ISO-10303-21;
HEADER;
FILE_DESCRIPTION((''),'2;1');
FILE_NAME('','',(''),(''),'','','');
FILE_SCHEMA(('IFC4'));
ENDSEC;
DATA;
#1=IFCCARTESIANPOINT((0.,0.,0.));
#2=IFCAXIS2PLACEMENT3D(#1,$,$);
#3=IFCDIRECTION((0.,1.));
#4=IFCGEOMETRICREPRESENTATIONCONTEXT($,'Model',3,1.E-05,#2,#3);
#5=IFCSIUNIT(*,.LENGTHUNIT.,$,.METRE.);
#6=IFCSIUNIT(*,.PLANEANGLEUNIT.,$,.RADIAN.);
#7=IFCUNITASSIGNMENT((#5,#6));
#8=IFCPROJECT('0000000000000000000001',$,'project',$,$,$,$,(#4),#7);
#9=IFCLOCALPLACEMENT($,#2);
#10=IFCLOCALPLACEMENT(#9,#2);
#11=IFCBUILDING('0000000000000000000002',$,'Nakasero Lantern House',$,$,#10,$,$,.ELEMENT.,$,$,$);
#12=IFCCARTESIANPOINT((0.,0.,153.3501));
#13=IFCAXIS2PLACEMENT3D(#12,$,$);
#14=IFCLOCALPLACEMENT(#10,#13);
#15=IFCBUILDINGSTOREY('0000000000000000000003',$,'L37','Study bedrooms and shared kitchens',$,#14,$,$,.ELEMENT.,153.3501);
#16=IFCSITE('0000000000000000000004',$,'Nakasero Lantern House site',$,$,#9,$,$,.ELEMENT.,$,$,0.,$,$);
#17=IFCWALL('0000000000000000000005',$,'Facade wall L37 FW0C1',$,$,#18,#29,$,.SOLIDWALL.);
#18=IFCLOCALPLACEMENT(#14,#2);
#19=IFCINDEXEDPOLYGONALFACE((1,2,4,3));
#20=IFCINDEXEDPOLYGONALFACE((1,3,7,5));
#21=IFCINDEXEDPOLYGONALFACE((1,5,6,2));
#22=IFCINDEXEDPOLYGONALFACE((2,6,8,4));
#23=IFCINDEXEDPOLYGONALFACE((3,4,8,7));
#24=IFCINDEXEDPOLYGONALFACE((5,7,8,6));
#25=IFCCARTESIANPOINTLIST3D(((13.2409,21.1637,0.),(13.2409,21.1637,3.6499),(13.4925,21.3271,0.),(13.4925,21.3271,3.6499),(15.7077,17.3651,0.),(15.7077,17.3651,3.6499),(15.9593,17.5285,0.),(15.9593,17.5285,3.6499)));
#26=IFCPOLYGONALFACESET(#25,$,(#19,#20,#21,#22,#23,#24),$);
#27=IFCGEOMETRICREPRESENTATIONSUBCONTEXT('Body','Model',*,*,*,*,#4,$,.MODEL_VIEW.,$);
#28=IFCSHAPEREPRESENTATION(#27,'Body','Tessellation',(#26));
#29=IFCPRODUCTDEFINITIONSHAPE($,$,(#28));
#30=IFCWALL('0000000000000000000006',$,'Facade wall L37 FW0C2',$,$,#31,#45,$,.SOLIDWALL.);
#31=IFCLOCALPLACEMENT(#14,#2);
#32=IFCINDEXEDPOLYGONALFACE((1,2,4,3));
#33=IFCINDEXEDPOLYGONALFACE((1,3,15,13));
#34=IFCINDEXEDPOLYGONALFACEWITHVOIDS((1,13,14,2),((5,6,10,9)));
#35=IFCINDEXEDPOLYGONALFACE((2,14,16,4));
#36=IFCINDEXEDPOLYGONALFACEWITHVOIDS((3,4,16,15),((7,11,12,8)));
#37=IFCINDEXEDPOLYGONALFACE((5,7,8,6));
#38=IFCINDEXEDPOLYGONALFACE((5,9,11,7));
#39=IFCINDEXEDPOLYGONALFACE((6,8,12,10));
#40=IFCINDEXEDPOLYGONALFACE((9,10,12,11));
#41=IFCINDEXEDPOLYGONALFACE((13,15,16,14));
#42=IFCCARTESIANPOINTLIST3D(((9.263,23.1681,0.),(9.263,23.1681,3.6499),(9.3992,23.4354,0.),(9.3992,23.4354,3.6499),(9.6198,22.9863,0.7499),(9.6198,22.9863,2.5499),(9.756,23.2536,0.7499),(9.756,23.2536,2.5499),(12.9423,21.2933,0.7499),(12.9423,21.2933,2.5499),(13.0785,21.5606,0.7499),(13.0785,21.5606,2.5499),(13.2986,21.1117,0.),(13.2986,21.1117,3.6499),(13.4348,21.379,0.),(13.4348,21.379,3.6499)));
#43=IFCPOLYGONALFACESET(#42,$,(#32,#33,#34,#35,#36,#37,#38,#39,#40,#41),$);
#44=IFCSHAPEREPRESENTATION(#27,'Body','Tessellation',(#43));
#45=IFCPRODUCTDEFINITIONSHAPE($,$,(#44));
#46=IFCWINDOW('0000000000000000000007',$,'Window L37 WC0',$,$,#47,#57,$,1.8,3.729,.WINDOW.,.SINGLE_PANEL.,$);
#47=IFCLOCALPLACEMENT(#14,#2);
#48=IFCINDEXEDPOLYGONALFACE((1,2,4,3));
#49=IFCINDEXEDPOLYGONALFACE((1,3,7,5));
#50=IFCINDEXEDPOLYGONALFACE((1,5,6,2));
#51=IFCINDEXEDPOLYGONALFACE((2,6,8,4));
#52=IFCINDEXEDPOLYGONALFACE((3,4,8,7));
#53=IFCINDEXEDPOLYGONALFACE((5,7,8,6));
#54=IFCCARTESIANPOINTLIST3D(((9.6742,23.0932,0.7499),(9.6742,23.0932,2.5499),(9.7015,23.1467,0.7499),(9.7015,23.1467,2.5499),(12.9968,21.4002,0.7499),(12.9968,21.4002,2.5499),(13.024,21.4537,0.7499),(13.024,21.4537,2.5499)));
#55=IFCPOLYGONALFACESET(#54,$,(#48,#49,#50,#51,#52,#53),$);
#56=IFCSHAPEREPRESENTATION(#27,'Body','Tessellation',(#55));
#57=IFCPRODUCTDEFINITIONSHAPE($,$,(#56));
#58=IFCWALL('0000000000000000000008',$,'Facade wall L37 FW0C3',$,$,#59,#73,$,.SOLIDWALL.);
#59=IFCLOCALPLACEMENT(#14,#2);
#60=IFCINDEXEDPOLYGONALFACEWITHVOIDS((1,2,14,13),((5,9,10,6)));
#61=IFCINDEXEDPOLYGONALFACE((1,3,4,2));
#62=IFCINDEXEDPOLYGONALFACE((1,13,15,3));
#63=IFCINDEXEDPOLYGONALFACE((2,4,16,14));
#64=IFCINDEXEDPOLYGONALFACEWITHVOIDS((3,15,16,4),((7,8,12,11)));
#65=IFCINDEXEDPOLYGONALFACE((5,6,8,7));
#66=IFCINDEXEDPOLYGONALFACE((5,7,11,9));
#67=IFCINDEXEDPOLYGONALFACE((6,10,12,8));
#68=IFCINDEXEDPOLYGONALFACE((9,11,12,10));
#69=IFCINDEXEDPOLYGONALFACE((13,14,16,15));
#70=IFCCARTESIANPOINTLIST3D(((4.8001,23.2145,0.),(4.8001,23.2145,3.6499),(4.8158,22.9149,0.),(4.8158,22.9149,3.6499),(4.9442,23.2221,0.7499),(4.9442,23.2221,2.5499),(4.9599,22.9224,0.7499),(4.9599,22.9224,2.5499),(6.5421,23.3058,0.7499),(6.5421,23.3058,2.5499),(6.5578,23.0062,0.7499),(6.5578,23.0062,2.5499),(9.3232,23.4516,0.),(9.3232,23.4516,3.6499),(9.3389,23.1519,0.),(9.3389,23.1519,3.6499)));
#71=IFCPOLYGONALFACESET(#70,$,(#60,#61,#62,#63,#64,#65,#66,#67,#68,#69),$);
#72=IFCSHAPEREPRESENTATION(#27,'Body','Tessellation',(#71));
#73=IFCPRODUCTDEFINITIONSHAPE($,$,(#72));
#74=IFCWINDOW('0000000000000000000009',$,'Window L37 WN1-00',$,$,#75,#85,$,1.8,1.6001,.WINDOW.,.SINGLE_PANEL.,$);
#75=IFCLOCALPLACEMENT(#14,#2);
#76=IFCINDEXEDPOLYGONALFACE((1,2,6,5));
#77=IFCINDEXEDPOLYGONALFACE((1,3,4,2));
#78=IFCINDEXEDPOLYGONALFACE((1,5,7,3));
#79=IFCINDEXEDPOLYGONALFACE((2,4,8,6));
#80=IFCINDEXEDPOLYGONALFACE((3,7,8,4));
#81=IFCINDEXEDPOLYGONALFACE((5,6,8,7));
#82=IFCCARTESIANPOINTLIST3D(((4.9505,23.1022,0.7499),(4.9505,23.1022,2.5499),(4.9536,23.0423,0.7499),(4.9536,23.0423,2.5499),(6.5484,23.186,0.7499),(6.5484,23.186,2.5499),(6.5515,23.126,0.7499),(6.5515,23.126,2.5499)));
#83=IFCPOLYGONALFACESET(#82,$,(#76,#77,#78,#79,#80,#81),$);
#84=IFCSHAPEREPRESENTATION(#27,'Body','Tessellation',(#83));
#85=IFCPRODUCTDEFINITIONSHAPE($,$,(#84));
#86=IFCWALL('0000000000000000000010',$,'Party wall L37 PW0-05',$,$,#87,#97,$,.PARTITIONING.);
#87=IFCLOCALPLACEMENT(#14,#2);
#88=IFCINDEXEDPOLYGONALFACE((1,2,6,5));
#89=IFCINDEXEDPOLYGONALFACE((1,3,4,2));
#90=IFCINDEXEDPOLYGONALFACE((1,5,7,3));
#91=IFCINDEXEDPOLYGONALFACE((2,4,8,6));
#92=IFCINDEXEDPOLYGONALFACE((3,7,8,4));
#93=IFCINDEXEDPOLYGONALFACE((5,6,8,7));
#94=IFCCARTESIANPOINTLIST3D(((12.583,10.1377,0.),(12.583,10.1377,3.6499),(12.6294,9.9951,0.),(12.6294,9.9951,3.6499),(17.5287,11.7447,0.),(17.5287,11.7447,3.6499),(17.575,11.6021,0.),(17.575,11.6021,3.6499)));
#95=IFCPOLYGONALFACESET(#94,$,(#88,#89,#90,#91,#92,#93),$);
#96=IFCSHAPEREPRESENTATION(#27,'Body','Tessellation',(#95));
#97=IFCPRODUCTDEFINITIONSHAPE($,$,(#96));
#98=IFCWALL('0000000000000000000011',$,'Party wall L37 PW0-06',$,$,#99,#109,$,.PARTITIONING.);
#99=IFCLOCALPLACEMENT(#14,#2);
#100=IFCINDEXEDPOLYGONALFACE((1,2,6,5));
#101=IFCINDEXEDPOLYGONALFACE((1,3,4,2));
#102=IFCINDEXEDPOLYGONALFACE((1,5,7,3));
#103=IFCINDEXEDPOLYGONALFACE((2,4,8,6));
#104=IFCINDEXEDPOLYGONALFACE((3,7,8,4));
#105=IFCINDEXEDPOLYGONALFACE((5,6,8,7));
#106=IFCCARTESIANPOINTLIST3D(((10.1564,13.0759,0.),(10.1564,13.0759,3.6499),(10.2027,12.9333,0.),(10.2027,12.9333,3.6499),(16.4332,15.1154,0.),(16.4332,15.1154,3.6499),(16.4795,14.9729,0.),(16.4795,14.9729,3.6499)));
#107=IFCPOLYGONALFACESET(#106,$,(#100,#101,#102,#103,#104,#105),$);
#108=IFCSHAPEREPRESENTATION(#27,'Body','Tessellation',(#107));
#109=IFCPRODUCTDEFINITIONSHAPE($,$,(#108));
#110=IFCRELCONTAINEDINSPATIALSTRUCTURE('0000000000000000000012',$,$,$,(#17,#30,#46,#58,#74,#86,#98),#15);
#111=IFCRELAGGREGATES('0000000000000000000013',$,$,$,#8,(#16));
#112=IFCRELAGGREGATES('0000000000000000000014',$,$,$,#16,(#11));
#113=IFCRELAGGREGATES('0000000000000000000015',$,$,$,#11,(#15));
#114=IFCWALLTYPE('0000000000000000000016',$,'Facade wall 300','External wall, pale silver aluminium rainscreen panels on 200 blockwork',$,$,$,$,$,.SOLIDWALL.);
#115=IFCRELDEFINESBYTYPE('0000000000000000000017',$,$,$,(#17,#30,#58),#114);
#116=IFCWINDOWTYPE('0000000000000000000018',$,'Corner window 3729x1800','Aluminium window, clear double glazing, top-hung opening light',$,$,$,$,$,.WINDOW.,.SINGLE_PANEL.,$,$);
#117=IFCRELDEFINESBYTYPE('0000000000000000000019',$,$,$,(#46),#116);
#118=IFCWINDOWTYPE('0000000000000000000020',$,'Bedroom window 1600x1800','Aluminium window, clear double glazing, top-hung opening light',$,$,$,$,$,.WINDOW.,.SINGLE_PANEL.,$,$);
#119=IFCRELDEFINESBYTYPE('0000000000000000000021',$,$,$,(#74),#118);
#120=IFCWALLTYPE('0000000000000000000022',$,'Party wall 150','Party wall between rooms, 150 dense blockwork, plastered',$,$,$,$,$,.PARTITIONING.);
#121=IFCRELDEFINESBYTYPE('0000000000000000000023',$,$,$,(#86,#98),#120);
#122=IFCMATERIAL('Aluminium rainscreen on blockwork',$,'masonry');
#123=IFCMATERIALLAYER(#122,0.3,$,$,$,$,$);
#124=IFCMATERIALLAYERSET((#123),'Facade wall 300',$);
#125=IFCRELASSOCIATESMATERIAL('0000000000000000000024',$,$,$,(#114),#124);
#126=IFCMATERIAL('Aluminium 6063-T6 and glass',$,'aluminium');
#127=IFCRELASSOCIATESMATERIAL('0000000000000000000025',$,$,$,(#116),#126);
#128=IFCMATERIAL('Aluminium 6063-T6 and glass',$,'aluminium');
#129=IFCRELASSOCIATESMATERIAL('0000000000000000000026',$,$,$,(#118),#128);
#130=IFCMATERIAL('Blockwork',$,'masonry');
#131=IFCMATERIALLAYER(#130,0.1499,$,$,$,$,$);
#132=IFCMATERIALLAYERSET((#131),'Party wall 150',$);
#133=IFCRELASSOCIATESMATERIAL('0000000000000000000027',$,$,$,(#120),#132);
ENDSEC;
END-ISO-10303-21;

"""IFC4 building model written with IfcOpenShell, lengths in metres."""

from ifc_helpers import new_model, si_unit, direction, frame, frame_2d, origin, place, context, subcontext, project, spatial, rectangle, extrude, material, layer, layer_set, type_object, element, fill, save


model = new_model("IFC4")

# Units and contexts
model_context = context("Model", 3, precision=1e-05, world=origin(), true_north=direction((0.0, 1.0)))
body_context = subcontext(model_context, "Body", "Model", "MODEL_VIEW")
ifc_project = project(units=[si_unit("LENGTHUNIT", "METRE"), si_unit("PLANEANGLEUNIT", "RADIAN")], contexts=[model_context])

# Site, building, storey
site_placement = place(None, origin())
site = spatial("IfcSite", under=ifc_project, at=site_placement, Name="Nakasero Lantern House site", CompositionType="ELEMENT", RefElevation=0.0)
building_placement = place(site_placement, origin())
building = spatial("IfcBuilding", under=site, at=building_placement, Name="Nakasero Lantern House", CompositionType="ELEMENT")
storey_placement = place(building_placement, frame((0.0, 0.0, 153.3501)))
storey = spatial("IfcBuildingStorey", under=building, at=storey_placement, Name="L37", Description="Study bedrooms and shared kitchens", CompositionType="ELEMENT", Elevation=153.3501)

# Wall
ifc_material_1 = material(Name="Aluminium rainscreen on blockwork", Category="masonry")
ifc_layer_1 = layer(ifc_material_1, 0.3)
ifc_layer_set_1 = layer_set([ifc_layer_1], Name="Facade wall 300")
wall_type_1 = type_object("IfcWallType", Name="Facade wall 300", Description="External wall, pale silver aluminium rainscreen panels on 200 blockwork", PredefinedType="SOLIDWALL", material=ifc_layer_set_1)
wall_1_placement = place(storey_placement, frame((15.8335, 17.4468, 0.0), z_axis=(0.0, 0.0, 1.0), x_axis=(-0.544634, 0.838674, 0.0)))
element("IfcWall", 1, at=wall_1_placement, inside=storey, type_object=wall_type_1, Name="Facade wall L37 FW0C1", PredefinedType="SOLIDWALL", context=body_context, shape_type="SweptSolid", body=[
    extrude(rectangle(XDim=4.5293, YDim=0.3, at=frame_2d((2.2646, 0.0))), origin(), (0.0, 0.0, 1.0), 3.6499),
])

# Walls, openings, windows
wall_2_placement = place(storey_placement, frame((13.3667, 21.2454, 0.0), z_axis=(0.0, 0.0, 1.0), x_axis=(-0.890995, 0.454014, 0.0)))
wall_2 = element("IfcWall", 2, at=wall_2_placement, inside=storey, type_object=wall_type_1, Name="Facade wall L37 FW0C2", PredefinedType="SOLIDWALL", context=body_context, shape_type="SweptSolid", body=[
    extrude(rectangle(XDim=4.5293, YDim=0.3, at=frame_2d((2.2646, 0.0))), origin(), (0.0, 0.0, 1.0), 3.6499),
])
opening_1_placement = place(wall_2_placement, frame((0.3999, 0.0, 0.75)))
opening_1 = element("IfcOpeningElement", 3, at=opening_1_placement, cuts=wall_2, PredefinedType="OPENING", context=body_context, shape_type="SweptSolid", body=[
    extrude(rectangle(XDim=3.729, YDim=1.8, at=frame_2d((1.8645, 0.8999))), frame((0.0, 0.1699, 0.0), z_axis=(0.0, -1.0, 0.0), x_axis=(1.0, 0.0, 0.0)), (0.0, 0.0, 1.0), 0.3401),
])
ifc_material_2 = material(Name="Aluminium 6063-T6 and glass", Category="aluminium")
window_type_1 = type_object("IfcWindowType", Name="Corner window 3729x1800", Description="Aluminium window, clear double glazing, top-hung opening light", PartitioningType="SINGLE_PANEL", PredefinedType="WINDOW", material=ifc_material_2)
window_1_placement = place(opening_1_placement, origin())
window_1 = element("IfcWindow", 4, at=window_1_placement, inside=storey, type_object=window_type_1, Name="Window L37 WC0", OverallHeight=1.8, OverallWidth=3.729, PartitioningType="SINGLE_PANEL", PredefinedType="WINDOW", context=body_context, shape_type="SweptSolid", body=[
    extrude(rectangle(XDim=3.729, YDim=1.8, at=frame_2d((1.8645, 0.8999))), frame((0.0, 0.03, 0.0), z_axis=(0.0, -1.0, 0.0), x_axis=(1.0, 0.0, 0.0)), (0.0, 0.0, 1.0), 0.0601),
])
fill(opening_1, window_1)
wall_3_placement = place(storey_placement, frame((9.3311, 23.3018, 0.0), z_axis=(0.0, 0.0, 1.0), x_axis=(-0.998629, -0.052338, 0.0)))
wall_3 = element("IfcWall", 5, at=wall_3_placement, inside=storey, type_object=wall_type_1, Name="Facade wall L37 FW0C3", PredefinedType="SOLIDWALL", context=body_context, shape_type="SweptSolid", body=[
    extrude(rectangle(XDim=4.5293, YDim=0.3, at=frame_2d((2.2646, 0.0))), origin(), (0.0, 0.0, 1.0), 3.6499),
])
opening_2_placement = place(wall_3_placement, frame((2.7849, 0.0, 0.75)))
opening_2 = element("IfcOpeningElement", 6, at=opening_2_placement, cuts=wall_3, PredefinedType="OPENING", context=body_context, shape_type="SweptSolid", body=[
    extrude(rectangle(XDim=1.6001, YDim=1.8, at=frame_2d((0.8, 0.8999))), frame((0.0, 0.1699, 0.0), z_axis=(0.0, -1.0, 0.0), x_axis=(1.0, 0.0, 0.0)), (0.0, 0.0, 1.0), 0.3401),
])
ifc_material_3 = material(Name="Aluminium 6063-T6 and glass", Category="aluminium")
window_type_2 = type_object("IfcWindowType", Name="Bedroom window 1600x1800", Description="Aluminium window, clear double glazing, top-hung opening light", PartitioningType="SINGLE_PANEL", PredefinedType="WINDOW", material=ifc_material_3)
window_2_placement = place(opening_2_placement, origin())
window_2 = element("IfcWindow", 7, at=window_2_placement, inside=storey, type_object=window_type_2, Name="Window L37 WN1-00", OverallHeight=1.8, OverallWidth=1.6001, PartitioningType="SINGLE_PANEL", PredefinedType="WINDOW", context=body_context, shape_type="SweptSolid", body=[
    extrude(rectangle(XDim=1.6001, YDim=1.8, at=frame_2d((0.8, 0.8999))), frame((0.0, 0.03, 0.0), z_axis=(0.0, -1.0, 0.0), x_axis=(1.0, 0.0, 0.0)), (0.0, 0.0, 1.0), 0.0601),
])
fill(opening_2, window_2)

# Walls
ifc_material_4 = material(Name="Blockwork", Category="masonry")
ifc_layer_2 = layer(ifc_material_4, 0.1499)
ifc_layer_set_2 = layer_set([ifc_layer_2], Name="Party wall 150")
wall_type_2 = type_object("IfcWallType", Name="Party wall 150", Description="Party wall between rooms, 150 dense blockwork, plastered", PredefinedType="PARTITIONING", material=ifc_layer_set_2)
wall_4_placement = place(storey_placement, frame((12.6062, 10.0664, 0.0), z_axis=(0.0, 0.0, 1.0), x_axis=(0.951055, 0.309021, 0.0)))
element("IfcWall", 8, at=wall_4_placement, inside=storey, type_object=wall_type_2, Name="Party wall L37 PW0-05", PredefinedType="PARTITIONING", context=body_context, shape_type="SweptSolid", body=[
    extrude(rectangle(XDim=5.2002, YDim=0.1499, at=frame_2d((2.6001, 0.0))), origin(), (0.0, 0.0, 1.0), 3.6499),
])
wall_5_placement = place(storey_placement, frame((10.1797, 13.0046, 0.0), z_axis=(0.0, 0.0, 1.0), x_axis=(0.951053, 0.309028, 0.0)))
element("IfcWall", 9, at=wall_5_placement, inside=storey, type_object=wall_type_2, Name="Party wall L37 PW0-06", PredefinedType="PARTITIONING", context=body_context, shape_type="SweptSolid", body=[
    extrude(rectangle(XDim=6.5999, YDim=0.1499, at=frame_2d((3.2998, 0.0))), origin(), (0.0, 0.0, 1.0), 3.6499),
])

save(model, "model.ifc")
